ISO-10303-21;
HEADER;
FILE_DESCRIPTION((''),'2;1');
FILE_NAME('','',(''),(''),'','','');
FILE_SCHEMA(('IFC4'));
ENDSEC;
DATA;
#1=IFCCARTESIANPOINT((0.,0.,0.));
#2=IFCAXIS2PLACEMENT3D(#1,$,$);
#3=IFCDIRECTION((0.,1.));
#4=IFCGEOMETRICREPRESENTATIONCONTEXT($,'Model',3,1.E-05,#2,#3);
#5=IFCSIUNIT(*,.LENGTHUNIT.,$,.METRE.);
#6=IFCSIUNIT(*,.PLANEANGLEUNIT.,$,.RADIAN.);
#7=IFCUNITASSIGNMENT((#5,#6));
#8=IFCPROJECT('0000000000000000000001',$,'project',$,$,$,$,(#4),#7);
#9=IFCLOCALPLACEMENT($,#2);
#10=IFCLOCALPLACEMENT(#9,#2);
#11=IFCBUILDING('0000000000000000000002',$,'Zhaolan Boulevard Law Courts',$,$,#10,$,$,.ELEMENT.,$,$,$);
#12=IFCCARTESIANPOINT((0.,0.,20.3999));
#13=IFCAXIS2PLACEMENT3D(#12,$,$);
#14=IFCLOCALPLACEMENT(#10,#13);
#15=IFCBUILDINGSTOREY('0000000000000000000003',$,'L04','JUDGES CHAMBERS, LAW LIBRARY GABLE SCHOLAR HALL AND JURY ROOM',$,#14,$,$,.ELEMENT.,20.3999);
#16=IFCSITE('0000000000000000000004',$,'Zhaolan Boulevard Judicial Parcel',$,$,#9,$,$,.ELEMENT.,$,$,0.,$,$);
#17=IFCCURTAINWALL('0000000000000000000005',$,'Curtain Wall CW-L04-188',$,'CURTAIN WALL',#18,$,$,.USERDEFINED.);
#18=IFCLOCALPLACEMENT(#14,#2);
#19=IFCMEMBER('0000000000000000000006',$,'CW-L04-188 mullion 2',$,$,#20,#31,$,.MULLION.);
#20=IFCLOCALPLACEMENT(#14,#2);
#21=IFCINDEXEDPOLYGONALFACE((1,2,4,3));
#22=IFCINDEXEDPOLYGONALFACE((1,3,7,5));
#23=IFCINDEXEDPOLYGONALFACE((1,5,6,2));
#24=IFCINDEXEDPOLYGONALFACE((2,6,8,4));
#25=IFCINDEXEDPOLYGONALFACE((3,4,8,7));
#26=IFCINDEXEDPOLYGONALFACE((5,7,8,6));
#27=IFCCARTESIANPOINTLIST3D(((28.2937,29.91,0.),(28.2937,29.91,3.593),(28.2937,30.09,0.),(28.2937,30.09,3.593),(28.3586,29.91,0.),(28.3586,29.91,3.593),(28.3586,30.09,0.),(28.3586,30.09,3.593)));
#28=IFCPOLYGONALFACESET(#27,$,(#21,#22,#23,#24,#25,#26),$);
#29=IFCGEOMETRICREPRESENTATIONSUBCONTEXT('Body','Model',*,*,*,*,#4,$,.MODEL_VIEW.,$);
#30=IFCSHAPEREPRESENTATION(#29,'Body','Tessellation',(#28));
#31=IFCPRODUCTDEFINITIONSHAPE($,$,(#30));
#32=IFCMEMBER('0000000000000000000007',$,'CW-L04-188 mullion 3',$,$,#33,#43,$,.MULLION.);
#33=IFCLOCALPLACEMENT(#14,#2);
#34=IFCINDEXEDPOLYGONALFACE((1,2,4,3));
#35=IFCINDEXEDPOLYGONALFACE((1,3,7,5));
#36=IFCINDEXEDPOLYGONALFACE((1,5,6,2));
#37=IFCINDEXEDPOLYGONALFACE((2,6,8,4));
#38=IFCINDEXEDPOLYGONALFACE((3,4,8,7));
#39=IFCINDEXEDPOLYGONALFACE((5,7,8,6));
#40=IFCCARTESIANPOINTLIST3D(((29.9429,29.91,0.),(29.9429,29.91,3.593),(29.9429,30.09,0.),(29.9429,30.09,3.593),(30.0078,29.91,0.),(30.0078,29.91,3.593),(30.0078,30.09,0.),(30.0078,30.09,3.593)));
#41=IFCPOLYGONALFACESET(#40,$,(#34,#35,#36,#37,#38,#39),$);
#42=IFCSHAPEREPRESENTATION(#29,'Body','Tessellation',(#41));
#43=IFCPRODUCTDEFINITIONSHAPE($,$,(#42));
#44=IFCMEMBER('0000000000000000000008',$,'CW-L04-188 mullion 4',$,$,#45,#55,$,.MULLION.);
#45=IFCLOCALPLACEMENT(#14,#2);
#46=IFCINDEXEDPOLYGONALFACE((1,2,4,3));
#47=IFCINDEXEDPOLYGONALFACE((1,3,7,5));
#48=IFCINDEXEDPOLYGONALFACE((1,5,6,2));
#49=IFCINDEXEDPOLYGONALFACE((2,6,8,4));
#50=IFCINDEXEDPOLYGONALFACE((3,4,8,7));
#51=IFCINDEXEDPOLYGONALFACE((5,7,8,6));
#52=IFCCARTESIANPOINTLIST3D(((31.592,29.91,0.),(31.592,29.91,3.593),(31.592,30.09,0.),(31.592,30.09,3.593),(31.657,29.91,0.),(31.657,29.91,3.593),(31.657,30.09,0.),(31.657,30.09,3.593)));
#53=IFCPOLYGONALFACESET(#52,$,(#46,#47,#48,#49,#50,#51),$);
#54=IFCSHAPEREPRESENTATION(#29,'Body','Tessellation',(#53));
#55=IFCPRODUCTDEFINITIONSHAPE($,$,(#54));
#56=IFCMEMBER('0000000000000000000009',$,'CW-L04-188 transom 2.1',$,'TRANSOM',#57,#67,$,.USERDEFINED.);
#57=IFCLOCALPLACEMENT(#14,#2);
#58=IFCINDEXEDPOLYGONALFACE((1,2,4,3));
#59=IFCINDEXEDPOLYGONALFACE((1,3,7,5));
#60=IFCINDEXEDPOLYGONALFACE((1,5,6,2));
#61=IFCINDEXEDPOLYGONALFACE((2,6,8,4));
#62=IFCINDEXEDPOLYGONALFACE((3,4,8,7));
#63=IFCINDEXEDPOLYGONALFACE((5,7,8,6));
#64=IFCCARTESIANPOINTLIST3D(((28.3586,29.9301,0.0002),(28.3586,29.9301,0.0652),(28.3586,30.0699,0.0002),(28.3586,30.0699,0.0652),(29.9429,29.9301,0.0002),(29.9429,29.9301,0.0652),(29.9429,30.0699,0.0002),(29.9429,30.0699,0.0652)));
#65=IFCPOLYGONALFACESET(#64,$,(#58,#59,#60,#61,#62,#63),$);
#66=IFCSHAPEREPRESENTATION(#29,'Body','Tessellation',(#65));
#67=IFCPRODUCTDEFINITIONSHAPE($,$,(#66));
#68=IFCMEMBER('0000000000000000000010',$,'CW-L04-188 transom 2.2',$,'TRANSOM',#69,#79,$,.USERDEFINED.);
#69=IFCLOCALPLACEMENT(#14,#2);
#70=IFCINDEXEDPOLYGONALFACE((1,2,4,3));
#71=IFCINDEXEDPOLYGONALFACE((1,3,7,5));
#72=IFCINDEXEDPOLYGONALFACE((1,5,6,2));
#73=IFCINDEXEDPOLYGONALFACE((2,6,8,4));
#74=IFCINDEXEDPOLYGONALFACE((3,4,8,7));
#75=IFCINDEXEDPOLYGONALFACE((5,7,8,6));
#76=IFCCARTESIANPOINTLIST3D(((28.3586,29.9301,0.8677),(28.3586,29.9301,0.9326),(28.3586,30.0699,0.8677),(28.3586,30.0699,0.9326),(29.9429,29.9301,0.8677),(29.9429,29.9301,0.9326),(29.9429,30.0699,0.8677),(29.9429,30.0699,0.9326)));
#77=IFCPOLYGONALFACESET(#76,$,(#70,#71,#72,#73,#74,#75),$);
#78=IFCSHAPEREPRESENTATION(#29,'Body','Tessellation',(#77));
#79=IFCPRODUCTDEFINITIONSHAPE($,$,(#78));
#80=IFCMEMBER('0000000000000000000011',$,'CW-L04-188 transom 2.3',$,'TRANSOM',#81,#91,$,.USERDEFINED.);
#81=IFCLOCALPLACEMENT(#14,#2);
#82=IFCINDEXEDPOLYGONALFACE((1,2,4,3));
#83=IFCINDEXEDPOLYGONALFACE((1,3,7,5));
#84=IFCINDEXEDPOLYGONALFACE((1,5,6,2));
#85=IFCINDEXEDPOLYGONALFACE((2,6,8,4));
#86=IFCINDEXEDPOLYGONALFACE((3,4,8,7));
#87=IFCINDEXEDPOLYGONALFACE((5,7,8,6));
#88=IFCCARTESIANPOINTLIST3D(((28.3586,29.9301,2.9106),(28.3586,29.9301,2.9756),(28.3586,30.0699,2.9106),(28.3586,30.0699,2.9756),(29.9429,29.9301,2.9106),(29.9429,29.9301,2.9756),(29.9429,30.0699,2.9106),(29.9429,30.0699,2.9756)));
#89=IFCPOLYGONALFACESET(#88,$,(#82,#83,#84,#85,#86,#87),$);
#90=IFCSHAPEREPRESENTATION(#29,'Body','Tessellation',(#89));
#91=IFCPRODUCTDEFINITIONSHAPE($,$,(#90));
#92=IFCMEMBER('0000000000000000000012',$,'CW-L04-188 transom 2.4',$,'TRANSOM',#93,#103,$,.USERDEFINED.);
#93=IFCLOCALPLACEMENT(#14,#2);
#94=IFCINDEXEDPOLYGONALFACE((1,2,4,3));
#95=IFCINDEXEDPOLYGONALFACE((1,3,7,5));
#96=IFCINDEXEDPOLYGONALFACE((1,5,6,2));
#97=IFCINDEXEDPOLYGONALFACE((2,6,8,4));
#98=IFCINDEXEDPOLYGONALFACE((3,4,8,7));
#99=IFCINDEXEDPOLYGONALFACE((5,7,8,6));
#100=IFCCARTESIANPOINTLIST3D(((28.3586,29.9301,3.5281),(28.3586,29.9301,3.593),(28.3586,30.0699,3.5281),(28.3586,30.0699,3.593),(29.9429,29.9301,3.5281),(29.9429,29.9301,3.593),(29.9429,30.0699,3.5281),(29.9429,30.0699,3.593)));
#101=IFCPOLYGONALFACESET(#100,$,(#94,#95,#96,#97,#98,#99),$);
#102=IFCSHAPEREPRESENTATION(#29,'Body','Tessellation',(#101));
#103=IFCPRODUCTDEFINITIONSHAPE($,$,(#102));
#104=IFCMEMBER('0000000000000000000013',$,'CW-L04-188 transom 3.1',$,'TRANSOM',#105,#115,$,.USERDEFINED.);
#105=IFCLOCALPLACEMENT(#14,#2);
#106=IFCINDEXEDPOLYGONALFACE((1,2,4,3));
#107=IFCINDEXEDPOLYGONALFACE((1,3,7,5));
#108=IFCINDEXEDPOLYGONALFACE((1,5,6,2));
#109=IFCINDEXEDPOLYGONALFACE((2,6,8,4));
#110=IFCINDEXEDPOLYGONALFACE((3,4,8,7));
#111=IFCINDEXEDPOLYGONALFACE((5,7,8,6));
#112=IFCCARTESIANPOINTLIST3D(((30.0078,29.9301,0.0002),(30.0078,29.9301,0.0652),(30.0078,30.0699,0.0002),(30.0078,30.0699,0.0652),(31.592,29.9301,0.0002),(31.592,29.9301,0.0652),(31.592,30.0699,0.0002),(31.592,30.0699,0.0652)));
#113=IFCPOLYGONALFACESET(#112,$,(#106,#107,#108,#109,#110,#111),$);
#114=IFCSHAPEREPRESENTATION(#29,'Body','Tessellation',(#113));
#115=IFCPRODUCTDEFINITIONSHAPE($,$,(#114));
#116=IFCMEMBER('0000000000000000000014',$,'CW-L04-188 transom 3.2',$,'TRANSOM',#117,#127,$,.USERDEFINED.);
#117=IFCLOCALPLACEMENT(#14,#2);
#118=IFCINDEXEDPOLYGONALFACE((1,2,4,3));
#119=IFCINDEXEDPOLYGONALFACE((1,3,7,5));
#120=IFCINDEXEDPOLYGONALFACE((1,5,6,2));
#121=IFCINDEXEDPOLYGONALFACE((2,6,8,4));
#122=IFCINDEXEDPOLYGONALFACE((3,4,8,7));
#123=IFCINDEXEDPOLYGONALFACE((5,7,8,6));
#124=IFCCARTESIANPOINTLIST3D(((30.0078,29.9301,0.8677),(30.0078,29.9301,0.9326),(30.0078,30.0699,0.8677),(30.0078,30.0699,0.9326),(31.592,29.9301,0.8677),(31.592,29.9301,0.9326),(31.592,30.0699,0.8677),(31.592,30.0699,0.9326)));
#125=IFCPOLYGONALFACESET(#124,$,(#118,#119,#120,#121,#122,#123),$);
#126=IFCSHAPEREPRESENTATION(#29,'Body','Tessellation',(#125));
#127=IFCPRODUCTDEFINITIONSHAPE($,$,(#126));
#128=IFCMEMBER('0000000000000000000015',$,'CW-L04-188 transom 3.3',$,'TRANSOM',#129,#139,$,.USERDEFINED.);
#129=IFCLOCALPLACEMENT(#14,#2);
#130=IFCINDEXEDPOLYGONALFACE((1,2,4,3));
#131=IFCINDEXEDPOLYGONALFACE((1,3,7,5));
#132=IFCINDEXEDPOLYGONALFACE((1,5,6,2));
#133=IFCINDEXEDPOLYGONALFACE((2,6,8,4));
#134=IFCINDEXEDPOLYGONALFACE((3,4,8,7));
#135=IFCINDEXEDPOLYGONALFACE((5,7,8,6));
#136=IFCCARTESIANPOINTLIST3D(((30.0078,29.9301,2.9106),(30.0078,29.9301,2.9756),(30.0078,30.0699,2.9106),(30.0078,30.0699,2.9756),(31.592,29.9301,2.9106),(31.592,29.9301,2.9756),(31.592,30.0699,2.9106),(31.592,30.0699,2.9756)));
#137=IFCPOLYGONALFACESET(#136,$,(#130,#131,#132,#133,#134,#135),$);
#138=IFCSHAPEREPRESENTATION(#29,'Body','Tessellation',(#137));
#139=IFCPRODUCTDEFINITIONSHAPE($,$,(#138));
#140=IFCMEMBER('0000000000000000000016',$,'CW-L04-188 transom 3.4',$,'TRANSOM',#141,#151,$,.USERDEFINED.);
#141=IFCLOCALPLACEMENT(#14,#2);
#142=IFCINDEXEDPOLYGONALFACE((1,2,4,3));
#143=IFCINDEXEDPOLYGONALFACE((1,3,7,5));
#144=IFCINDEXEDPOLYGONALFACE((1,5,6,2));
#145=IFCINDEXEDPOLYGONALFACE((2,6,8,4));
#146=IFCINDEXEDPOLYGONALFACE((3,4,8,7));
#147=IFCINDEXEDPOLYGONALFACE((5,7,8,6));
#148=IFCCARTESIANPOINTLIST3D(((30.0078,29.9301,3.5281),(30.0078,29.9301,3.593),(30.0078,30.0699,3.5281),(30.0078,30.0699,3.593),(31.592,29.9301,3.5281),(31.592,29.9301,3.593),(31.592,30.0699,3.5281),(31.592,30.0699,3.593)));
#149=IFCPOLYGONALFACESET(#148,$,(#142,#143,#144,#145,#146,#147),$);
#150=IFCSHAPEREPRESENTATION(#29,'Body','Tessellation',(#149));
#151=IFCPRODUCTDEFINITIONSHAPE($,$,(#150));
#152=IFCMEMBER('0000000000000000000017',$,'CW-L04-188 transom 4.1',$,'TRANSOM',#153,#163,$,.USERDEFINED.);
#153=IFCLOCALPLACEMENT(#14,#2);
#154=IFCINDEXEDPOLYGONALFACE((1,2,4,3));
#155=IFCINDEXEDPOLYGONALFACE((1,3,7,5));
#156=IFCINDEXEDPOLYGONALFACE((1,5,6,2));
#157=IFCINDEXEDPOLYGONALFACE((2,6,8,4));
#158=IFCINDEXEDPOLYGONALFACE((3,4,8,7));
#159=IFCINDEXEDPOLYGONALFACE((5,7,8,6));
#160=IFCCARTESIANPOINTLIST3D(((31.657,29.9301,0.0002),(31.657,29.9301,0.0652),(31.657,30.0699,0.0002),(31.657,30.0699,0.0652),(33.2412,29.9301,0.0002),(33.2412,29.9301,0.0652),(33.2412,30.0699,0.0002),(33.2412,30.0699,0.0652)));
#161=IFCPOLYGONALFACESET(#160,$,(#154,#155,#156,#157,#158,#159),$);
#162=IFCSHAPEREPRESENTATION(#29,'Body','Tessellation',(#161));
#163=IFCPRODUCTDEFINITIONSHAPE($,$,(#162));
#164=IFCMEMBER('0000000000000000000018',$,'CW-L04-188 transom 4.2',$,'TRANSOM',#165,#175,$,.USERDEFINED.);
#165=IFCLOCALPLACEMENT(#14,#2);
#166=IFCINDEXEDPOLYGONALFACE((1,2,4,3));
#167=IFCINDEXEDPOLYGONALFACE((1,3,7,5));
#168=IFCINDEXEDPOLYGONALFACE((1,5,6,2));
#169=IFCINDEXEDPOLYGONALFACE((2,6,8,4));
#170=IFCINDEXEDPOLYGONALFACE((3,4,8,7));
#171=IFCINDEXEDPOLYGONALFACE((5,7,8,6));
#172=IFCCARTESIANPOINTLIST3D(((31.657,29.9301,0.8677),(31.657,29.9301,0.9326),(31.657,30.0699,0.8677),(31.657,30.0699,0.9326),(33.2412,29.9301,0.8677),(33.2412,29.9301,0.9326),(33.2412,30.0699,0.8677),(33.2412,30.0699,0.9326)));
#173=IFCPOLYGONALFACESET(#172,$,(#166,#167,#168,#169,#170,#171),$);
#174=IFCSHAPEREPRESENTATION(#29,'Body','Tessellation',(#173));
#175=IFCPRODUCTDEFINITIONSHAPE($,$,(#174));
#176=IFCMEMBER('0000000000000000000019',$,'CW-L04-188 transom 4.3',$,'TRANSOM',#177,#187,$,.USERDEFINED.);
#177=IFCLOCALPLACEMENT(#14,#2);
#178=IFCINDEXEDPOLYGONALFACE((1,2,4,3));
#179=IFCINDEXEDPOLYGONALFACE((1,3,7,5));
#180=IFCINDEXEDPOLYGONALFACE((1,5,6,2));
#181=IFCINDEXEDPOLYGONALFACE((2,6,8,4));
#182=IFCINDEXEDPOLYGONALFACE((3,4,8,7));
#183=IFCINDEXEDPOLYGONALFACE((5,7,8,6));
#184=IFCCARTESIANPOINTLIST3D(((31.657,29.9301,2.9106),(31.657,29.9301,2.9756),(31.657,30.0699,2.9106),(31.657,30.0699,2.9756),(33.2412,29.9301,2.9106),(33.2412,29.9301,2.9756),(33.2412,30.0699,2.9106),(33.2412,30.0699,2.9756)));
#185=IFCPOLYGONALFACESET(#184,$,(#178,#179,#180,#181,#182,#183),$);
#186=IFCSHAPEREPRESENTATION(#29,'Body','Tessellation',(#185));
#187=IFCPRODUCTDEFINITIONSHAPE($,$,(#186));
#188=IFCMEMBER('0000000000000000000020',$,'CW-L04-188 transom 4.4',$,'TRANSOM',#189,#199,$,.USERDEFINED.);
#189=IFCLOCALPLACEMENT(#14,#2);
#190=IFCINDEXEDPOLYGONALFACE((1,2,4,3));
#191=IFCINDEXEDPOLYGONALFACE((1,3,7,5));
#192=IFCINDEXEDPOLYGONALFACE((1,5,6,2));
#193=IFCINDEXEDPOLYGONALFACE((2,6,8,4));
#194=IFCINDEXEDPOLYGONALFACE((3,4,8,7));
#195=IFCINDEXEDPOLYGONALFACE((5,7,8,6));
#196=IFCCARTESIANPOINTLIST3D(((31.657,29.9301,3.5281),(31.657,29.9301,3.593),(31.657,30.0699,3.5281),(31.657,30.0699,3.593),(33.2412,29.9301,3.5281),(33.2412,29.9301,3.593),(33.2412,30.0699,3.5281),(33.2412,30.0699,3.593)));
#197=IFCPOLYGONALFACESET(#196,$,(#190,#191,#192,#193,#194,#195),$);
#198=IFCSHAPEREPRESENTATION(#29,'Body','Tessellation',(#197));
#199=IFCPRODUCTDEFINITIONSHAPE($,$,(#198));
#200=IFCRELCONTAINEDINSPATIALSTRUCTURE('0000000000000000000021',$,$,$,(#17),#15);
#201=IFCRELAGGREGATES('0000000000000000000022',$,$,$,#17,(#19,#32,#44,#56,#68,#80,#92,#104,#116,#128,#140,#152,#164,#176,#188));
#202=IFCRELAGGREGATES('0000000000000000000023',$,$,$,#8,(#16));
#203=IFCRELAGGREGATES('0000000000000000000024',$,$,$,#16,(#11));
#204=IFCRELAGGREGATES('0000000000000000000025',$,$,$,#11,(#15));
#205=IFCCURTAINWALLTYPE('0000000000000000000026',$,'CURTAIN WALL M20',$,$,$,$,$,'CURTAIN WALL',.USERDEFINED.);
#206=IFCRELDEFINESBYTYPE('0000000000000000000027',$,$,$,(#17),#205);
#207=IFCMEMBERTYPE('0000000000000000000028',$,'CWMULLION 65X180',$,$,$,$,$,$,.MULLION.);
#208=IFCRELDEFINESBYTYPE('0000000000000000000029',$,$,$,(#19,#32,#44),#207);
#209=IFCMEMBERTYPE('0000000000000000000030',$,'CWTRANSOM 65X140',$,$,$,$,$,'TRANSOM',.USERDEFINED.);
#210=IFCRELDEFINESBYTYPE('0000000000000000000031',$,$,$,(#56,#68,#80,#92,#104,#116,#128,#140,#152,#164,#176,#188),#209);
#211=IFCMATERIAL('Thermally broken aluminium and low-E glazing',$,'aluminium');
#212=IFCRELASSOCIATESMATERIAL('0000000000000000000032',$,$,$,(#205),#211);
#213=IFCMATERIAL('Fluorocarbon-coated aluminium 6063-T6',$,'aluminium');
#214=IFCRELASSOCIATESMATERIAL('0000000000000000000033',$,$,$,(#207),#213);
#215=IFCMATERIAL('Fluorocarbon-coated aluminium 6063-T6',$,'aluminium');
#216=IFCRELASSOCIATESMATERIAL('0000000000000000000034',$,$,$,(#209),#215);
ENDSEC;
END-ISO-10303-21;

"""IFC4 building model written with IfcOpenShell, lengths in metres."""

from ifc_helpers import new_model, si_unit, direction, frame, origin, origin_2d, place, context, subcontext, project, spatial, rectangle, extrude, material, material_profile, profile_set, type_object, element, aggregate, save


model = new_model("IFC4")

# Units and contexts
model_context = context("Model", 3, precision=1e-05, world=origin(), true_north=direction((0.0, 1.0)))
body_context = subcontext(model_context, "Body", "Model", "MODEL_VIEW")
ifc_project = project(units=[si_unit("LENGTHUNIT", "METRE"), si_unit("PLANEANGLEUNIT", "RADIAN")], contexts=[model_context])

# Site, building, storey
site_placement = place(None, origin())
site = spatial("IfcSite", under=ifc_project, at=site_placement, Name="Zhaolan Boulevard Judicial Parcel", CompositionType="ELEMENT", RefElevation=0.0)
building_placement = place(site_placement, origin())
building = spatial("IfcBuilding", under=site, at=building_placement, Name="Zhaolan Boulevard Law Courts", CompositionType="ELEMENT")
storey_placement = place(building_placement, frame((0.0, 0.0, 20.3999)))
storey = spatial("IfcBuildingStorey", under=building, at=storey_placement, Name="L04", Description="JUDGES CHAMBERS, LAW LIBRARY GABLE SCHOLAR HALL AND JURY ROOM", CompositionType="ELEMENT", Elevation=20.3999)

# Curtain wall, members
ifc_material_1 = material(Name="Thermally broken aluminium and low-E glazing", Category="aluminium")
curtain_wall_type = type_object("IfcCurtainWallType", Name="CURTAIN WALL M20", ElementType="CURTAIN WALL", PredefinedType="USERDEFINED", material=ifc_material_1)
curtain_wall_placement = place(storey_placement, origin())
curtain_wall = element("IfcCurtainWall", 1, at=curtain_wall_placement, inside=storey, type_object=curtain_wall_type, Name="Curtain Wall CW-L04-188", ObjectType="CURTAIN WALL", PredefinedType="USERDEFINED")
ifc_material_2 = material(Name="Fluorocarbon-coated aluminium 6063-T6", Category="aluminium")
ifc_material_profile_1 = material_profile(ifc_material_2, rectangle(XDim=0.1799, YDim=0.0649, at=origin_2d()), Name="AL65x180")
ifc_profile_set_1 = profile_set([ifc_material_profile_1], Name="Fluorocarbon-coated aluminium 6063-T6")
member_type_1 = type_object("IfcMemberType", Name="CWMULLION 65X180", PredefinedType="MULLION", material=ifc_profile_set_1)
member_1_placement = place(storey_placement, frame((28.3262, 30.0, 0.0), z_axis=(0.0, 0.0, 1.0), x_axis=(0.0, 1.0, 0.0)))
member_1 = element("IfcMember", 2, at=member_1_placement, type_object=member_type_1, Name="CW-L04-188 mullion 2", PredefinedType="MULLION", context=body_context, shape_type="SweptSolid", body=[
    extrude(rectangle(XDim=0.1799, YDim=0.0649, at=origin_2d()), origin(), (0.0, 0.0, 1.0), 3.593),
])
member_2_placement = place(storey_placement, frame((29.9753, 30.0, 0.0), z_axis=(0.0, 0.0, 1.0), x_axis=(0.0, 1.0, 0.0)))
member_2 = element("IfcMember", 3, at=member_2_placement, type_object=member_type_1, Name="CW-L04-188 mullion 3", PredefinedType="MULLION", context=body_context, shape_type="SweptSolid", body=[
    extrude(rectangle(XDim=0.1799, YDim=0.0649, at=origin_2d()), origin(), (0.0, 0.0, 1.0), 3.593),
])
member_3_placement = place(storey_placement, frame((31.6245, 30.0, 0.0), z_axis=(0.0, 0.0, 1.0), x_axis=(0.0, 1.0, 0.0)))
member_3 = element("IfcMember", 4, at=member_3_placement, type_object=member_type_1, Name="CW-L04-188 mullion 4", PredefinedType="MULLION", context=body_context, shape_type="SweptSolid", body=[
    extrude(rectangle(XDim=0.1799, YDim=0.0649, at=origin_2d()), origin(), (0.0, 0.0, 1.0), 3.593),
])
ifc_material_3 = material(Name="Fluorocarbon-coated aluminium 6063-T6", Category="aluminium")
ifc_material_profile_2 = material_profile(ifc_material_3, rectangle(XDim=0.1399, YDim=0.0649, at=origin_2d()), Name="AL65x140")
ifc_profile_set_2 = profile_set([ifc_material_profile_2], Name="Fluorocarbon-coated aluminium 6063-T6")
member_type_2 = type_object("IfcMemberType", Name="CWTRANSOM 65X140", ElementType="TRANSOM", PredefinedType="USERDEFINED", material=ifc_profile_set_2)
member_4_placement = place(storey_placement, frame((28.3586, 30.0, 0.0327), z_axis=(1.0, 0.0, 0.0), x_axis=(0.0, 1.0, 0.0)))
member_4 = element("IfcMember", 5, at=member_4_placement, type_object=member_type_2, Name="CW-L04-188 transom 2.1", ObjectType="TRANSOM", PredefinedType="USERDEFINED", context=body_context, shape_type="SweptSolid", body=[
    extrude(rectangle(XDim=0.1399, YDim=0.0649, at=origin_2d()), origin(), (0.0, 0.0, 1.0), 1.5842),
])
member_5_placement = place(storey_placement, frame((28.3586, 30.0, 0.9001), z_axis=(1.0, 0.0, 0.0), x_axis=(0.0, 1.0, 0.0)))
member_5 = element("IfcMember", 6, at=member_5_placement, type_object=member_type_2, Name="CW-L04-188 transom 2.2", ObjectType="TRANSOM", PredefinedType="USERDEFINED", context=body_context, shape_type="SweptSolid", body=[
    extrude(rectangle(XDim=0.1399, YDim=0.0649, at=origin_2d()), origin(), (0.0, 0.0, 1.0), 1.5842),
])
member_6_placement = place(storey_placement, frame((28.3586, 30.0, 2.9431), z_axis=(1.0, 0.0, 0.0), x_axis=(0.0, 1.0, 0.0)))
member_6 = element("IfcMember", 7, at=member_6_placement, type_object=member_type_2, Name="CW-L04-188 transom 2.3", ObjectType="TRANSOM", PredefinedType="USERDEFINED", context=body_context, shape_type="SweptSolid", body=[
    extrude(rectangle(XDim=0.1399, YDim=0.0649, at=origin_2d()), origin(), (0.0, 0.0, 1.0), 1.5842),
])
member_7_placement = place(storey_placement, frame((28.3586, 30.0, 3.5605), z_axis=(1.0, 0.0, 0.0), x_axis=(0.0, 1.0, 0.0)))
member_7 = element("IfcMember", 8, at=member_7_placement, type_object=member_type_2, Name="CW-L04-188 transom 2.4", ObjectType="TRANSOM", PredefinedType="USERDEFINED", context=body_context, shape_type="SweptSolid", body=[
    extrude(rectangle(XDim=0.1399, YDim=0.0649, at=origin_2d()), origin(), (0.0, 0.0, 1.0), 1.5842),
])
member_8_placement = place(storey_placement, frame((30.0078, 30.0, 0.0327), z_axis=(1.0, 0.0, 0.0), x_axis=(0.0, 1.0, 0.0)))
member_8 = element("IfcMember", 9, at=member_8_placement, type_object=member_type_2, Name="CW-L04-188 transom 3.1", ObjectType="TRANSOM", PredefinedType="USERDEFINED", context=body_context, shape_type="SweptSolid", body=[
    extrude(rectangle(XDim=0.1399, YDim=0.0649, at=origin_2d()), origin(), (0.0, 0.0, 1.0), 1.5842),
])
member_9_placement = place(storey_placement, frame((30.0078, 30.0, 0.9001), z_axis=(1.0, 0.0, 0.0), x_axis=(0.0, 1.0, 0.0)))
member_9 = element("IfcMember", 10, at=member_9_placement, type_object=member_type_2, Name="CW-L04-188 transom 3.2", ObjectType="TRANSOM", PredefinedType="USERDEFINED", context=body_context, shape_type="SweptSolid", body=[
    extrude(rectangle(XDim=0.1399, YDim=0.0649, at=origin_2d()), origin(), (0.0, 0.0, 1.0), 1.5842),
])
member_10_placement = place(storey_placement, frame((30.0078, 30.0, 2.9431), z_axis=(1.0, 0.0, 0.0), x_axis=(0.0, 1.0, 0.0)))
member_10 = element("IfcMember", 11, at=member_10_placement, type_object=member_type_2, Name="CW-L04-188 transom 3.3", ObjectType="TRANSOM", PredefinedType="USERDEFINED", context=body_context, shape_type="SweptSolid", body=[
    extrude(rectangle(XDim=0.1399, YDim=0.0649, at=origin_2d()), origin(), (0.0, 0.0, 1.0), 1.5842),
])
member_11_placement = place(storey_placement, frame((30.0078, 30.0, 3.5605), z_axis=(1.0, 0.0, 0.0), x_axis=(0.0, 1.0, 0.0)))
member_11 = element("IfcMember", 12, at=member_11_placement, type_object=member_type_2, Name="CW-L04-188 transom 3.4", ObjectType="TRANSOM", PredefinedType="USERDEFINED", context=body_context, shape_type="SweptSolid", body=[
    extrude(rectangle(XDim=0.1399, YDim=0.0649, at=origin_2d()), origin(), (0.0, 0.0, 1.0), 1.5842),
])
member_12_placement = place(storey_placement, frame((31.657, 30.0, 0.0327), z_axis=(1.0, 0.0, 0.0), x_axis=(0.0, 1.0, 0.0)))
member_12 = element("IfcMember", 13, at=member_12_placement, type_object=member_type_2, Name="CW-L04-188 transom 4.1", ObjectType="TRANSOM", PredefinedType="USERDEFINED", context=body_context, shape_type="SweptSolid", body=[
    extrude(rectangle(XDim=0.1399, YDim=0.0649, at=origin_2d()), origin(), (0.0, 0.0, 1.0), 1.5842),
])
member_13_placement = place(storey_placement, frame((31.657, 30.0, 0.9001), z_axis=(1.0, 0.0, 0.0), x_axis=(0.0, 1.0, 0.0)))
member_13 = element("IfcMember", 14, at=member_13_placement, type_object=member_type_2, Name="CW-L04-188 transom 4.2", ObjectType="TRANSOM", PredefinedType="USERDEFINED", context=body_context, shape_type="SweptSolid", body=[
    extrude(rectangle(XDim=0.1399, YDim=0.0649, at=origin_2d()), origin(), (0.0, 0.0, 1.0), 1.5842),
])
member_14_placement = place(storey_placement, frame((31.657, 30.0, 2.9431), z_axis=(1.0, 0.0, 0.0), x_axis=(0.0, 1.0, 0.0)))
member_14 = element("IfcMember", 15, at=member_14_placement, type_object=member_type_2, Name="CW-L04-188 transom 4.3", ObjectType="TRANSOM", PredefinedType="USERDEFINED", context=body_context, shape_type="SweptSolid", body=[
    extrude(rectangle(XDim=0.1399, YDim=0.0649, at=origin_2d()), origin(), (0.0, 0.0, 1.0), 1.5842),
])
member_15_placement = place(storey_placement, frame((31.657, 30.0, 3.5605), z_axis=(1.0, 0.0, 0.0), x_axis=(0.0, 1.0, 0.0)))
member_15 = element("IfcMember", 16, at=member_15_placement, type_object=member_type_2, Name="CW-L04-188 transom 4.4", ObjectType="TRANSOM", PredefinedType="USERDEFINED", context=body_context, shape_type="SweptSolid", body=[
    extrude(rectangle(XDim=0.1399, YDim=0.0649, at=origin_2d()), origin(), (0.0, 0.0, 1.0), 1.5842),
])

aggregate(curtain_wall, [member_1, member_2, member_3, member_4, member_5, member_6, member_7, member_8, member_9, member_10, member_11, member_12, member_13, member_14, member_15])

save(model, "model.ifc")
